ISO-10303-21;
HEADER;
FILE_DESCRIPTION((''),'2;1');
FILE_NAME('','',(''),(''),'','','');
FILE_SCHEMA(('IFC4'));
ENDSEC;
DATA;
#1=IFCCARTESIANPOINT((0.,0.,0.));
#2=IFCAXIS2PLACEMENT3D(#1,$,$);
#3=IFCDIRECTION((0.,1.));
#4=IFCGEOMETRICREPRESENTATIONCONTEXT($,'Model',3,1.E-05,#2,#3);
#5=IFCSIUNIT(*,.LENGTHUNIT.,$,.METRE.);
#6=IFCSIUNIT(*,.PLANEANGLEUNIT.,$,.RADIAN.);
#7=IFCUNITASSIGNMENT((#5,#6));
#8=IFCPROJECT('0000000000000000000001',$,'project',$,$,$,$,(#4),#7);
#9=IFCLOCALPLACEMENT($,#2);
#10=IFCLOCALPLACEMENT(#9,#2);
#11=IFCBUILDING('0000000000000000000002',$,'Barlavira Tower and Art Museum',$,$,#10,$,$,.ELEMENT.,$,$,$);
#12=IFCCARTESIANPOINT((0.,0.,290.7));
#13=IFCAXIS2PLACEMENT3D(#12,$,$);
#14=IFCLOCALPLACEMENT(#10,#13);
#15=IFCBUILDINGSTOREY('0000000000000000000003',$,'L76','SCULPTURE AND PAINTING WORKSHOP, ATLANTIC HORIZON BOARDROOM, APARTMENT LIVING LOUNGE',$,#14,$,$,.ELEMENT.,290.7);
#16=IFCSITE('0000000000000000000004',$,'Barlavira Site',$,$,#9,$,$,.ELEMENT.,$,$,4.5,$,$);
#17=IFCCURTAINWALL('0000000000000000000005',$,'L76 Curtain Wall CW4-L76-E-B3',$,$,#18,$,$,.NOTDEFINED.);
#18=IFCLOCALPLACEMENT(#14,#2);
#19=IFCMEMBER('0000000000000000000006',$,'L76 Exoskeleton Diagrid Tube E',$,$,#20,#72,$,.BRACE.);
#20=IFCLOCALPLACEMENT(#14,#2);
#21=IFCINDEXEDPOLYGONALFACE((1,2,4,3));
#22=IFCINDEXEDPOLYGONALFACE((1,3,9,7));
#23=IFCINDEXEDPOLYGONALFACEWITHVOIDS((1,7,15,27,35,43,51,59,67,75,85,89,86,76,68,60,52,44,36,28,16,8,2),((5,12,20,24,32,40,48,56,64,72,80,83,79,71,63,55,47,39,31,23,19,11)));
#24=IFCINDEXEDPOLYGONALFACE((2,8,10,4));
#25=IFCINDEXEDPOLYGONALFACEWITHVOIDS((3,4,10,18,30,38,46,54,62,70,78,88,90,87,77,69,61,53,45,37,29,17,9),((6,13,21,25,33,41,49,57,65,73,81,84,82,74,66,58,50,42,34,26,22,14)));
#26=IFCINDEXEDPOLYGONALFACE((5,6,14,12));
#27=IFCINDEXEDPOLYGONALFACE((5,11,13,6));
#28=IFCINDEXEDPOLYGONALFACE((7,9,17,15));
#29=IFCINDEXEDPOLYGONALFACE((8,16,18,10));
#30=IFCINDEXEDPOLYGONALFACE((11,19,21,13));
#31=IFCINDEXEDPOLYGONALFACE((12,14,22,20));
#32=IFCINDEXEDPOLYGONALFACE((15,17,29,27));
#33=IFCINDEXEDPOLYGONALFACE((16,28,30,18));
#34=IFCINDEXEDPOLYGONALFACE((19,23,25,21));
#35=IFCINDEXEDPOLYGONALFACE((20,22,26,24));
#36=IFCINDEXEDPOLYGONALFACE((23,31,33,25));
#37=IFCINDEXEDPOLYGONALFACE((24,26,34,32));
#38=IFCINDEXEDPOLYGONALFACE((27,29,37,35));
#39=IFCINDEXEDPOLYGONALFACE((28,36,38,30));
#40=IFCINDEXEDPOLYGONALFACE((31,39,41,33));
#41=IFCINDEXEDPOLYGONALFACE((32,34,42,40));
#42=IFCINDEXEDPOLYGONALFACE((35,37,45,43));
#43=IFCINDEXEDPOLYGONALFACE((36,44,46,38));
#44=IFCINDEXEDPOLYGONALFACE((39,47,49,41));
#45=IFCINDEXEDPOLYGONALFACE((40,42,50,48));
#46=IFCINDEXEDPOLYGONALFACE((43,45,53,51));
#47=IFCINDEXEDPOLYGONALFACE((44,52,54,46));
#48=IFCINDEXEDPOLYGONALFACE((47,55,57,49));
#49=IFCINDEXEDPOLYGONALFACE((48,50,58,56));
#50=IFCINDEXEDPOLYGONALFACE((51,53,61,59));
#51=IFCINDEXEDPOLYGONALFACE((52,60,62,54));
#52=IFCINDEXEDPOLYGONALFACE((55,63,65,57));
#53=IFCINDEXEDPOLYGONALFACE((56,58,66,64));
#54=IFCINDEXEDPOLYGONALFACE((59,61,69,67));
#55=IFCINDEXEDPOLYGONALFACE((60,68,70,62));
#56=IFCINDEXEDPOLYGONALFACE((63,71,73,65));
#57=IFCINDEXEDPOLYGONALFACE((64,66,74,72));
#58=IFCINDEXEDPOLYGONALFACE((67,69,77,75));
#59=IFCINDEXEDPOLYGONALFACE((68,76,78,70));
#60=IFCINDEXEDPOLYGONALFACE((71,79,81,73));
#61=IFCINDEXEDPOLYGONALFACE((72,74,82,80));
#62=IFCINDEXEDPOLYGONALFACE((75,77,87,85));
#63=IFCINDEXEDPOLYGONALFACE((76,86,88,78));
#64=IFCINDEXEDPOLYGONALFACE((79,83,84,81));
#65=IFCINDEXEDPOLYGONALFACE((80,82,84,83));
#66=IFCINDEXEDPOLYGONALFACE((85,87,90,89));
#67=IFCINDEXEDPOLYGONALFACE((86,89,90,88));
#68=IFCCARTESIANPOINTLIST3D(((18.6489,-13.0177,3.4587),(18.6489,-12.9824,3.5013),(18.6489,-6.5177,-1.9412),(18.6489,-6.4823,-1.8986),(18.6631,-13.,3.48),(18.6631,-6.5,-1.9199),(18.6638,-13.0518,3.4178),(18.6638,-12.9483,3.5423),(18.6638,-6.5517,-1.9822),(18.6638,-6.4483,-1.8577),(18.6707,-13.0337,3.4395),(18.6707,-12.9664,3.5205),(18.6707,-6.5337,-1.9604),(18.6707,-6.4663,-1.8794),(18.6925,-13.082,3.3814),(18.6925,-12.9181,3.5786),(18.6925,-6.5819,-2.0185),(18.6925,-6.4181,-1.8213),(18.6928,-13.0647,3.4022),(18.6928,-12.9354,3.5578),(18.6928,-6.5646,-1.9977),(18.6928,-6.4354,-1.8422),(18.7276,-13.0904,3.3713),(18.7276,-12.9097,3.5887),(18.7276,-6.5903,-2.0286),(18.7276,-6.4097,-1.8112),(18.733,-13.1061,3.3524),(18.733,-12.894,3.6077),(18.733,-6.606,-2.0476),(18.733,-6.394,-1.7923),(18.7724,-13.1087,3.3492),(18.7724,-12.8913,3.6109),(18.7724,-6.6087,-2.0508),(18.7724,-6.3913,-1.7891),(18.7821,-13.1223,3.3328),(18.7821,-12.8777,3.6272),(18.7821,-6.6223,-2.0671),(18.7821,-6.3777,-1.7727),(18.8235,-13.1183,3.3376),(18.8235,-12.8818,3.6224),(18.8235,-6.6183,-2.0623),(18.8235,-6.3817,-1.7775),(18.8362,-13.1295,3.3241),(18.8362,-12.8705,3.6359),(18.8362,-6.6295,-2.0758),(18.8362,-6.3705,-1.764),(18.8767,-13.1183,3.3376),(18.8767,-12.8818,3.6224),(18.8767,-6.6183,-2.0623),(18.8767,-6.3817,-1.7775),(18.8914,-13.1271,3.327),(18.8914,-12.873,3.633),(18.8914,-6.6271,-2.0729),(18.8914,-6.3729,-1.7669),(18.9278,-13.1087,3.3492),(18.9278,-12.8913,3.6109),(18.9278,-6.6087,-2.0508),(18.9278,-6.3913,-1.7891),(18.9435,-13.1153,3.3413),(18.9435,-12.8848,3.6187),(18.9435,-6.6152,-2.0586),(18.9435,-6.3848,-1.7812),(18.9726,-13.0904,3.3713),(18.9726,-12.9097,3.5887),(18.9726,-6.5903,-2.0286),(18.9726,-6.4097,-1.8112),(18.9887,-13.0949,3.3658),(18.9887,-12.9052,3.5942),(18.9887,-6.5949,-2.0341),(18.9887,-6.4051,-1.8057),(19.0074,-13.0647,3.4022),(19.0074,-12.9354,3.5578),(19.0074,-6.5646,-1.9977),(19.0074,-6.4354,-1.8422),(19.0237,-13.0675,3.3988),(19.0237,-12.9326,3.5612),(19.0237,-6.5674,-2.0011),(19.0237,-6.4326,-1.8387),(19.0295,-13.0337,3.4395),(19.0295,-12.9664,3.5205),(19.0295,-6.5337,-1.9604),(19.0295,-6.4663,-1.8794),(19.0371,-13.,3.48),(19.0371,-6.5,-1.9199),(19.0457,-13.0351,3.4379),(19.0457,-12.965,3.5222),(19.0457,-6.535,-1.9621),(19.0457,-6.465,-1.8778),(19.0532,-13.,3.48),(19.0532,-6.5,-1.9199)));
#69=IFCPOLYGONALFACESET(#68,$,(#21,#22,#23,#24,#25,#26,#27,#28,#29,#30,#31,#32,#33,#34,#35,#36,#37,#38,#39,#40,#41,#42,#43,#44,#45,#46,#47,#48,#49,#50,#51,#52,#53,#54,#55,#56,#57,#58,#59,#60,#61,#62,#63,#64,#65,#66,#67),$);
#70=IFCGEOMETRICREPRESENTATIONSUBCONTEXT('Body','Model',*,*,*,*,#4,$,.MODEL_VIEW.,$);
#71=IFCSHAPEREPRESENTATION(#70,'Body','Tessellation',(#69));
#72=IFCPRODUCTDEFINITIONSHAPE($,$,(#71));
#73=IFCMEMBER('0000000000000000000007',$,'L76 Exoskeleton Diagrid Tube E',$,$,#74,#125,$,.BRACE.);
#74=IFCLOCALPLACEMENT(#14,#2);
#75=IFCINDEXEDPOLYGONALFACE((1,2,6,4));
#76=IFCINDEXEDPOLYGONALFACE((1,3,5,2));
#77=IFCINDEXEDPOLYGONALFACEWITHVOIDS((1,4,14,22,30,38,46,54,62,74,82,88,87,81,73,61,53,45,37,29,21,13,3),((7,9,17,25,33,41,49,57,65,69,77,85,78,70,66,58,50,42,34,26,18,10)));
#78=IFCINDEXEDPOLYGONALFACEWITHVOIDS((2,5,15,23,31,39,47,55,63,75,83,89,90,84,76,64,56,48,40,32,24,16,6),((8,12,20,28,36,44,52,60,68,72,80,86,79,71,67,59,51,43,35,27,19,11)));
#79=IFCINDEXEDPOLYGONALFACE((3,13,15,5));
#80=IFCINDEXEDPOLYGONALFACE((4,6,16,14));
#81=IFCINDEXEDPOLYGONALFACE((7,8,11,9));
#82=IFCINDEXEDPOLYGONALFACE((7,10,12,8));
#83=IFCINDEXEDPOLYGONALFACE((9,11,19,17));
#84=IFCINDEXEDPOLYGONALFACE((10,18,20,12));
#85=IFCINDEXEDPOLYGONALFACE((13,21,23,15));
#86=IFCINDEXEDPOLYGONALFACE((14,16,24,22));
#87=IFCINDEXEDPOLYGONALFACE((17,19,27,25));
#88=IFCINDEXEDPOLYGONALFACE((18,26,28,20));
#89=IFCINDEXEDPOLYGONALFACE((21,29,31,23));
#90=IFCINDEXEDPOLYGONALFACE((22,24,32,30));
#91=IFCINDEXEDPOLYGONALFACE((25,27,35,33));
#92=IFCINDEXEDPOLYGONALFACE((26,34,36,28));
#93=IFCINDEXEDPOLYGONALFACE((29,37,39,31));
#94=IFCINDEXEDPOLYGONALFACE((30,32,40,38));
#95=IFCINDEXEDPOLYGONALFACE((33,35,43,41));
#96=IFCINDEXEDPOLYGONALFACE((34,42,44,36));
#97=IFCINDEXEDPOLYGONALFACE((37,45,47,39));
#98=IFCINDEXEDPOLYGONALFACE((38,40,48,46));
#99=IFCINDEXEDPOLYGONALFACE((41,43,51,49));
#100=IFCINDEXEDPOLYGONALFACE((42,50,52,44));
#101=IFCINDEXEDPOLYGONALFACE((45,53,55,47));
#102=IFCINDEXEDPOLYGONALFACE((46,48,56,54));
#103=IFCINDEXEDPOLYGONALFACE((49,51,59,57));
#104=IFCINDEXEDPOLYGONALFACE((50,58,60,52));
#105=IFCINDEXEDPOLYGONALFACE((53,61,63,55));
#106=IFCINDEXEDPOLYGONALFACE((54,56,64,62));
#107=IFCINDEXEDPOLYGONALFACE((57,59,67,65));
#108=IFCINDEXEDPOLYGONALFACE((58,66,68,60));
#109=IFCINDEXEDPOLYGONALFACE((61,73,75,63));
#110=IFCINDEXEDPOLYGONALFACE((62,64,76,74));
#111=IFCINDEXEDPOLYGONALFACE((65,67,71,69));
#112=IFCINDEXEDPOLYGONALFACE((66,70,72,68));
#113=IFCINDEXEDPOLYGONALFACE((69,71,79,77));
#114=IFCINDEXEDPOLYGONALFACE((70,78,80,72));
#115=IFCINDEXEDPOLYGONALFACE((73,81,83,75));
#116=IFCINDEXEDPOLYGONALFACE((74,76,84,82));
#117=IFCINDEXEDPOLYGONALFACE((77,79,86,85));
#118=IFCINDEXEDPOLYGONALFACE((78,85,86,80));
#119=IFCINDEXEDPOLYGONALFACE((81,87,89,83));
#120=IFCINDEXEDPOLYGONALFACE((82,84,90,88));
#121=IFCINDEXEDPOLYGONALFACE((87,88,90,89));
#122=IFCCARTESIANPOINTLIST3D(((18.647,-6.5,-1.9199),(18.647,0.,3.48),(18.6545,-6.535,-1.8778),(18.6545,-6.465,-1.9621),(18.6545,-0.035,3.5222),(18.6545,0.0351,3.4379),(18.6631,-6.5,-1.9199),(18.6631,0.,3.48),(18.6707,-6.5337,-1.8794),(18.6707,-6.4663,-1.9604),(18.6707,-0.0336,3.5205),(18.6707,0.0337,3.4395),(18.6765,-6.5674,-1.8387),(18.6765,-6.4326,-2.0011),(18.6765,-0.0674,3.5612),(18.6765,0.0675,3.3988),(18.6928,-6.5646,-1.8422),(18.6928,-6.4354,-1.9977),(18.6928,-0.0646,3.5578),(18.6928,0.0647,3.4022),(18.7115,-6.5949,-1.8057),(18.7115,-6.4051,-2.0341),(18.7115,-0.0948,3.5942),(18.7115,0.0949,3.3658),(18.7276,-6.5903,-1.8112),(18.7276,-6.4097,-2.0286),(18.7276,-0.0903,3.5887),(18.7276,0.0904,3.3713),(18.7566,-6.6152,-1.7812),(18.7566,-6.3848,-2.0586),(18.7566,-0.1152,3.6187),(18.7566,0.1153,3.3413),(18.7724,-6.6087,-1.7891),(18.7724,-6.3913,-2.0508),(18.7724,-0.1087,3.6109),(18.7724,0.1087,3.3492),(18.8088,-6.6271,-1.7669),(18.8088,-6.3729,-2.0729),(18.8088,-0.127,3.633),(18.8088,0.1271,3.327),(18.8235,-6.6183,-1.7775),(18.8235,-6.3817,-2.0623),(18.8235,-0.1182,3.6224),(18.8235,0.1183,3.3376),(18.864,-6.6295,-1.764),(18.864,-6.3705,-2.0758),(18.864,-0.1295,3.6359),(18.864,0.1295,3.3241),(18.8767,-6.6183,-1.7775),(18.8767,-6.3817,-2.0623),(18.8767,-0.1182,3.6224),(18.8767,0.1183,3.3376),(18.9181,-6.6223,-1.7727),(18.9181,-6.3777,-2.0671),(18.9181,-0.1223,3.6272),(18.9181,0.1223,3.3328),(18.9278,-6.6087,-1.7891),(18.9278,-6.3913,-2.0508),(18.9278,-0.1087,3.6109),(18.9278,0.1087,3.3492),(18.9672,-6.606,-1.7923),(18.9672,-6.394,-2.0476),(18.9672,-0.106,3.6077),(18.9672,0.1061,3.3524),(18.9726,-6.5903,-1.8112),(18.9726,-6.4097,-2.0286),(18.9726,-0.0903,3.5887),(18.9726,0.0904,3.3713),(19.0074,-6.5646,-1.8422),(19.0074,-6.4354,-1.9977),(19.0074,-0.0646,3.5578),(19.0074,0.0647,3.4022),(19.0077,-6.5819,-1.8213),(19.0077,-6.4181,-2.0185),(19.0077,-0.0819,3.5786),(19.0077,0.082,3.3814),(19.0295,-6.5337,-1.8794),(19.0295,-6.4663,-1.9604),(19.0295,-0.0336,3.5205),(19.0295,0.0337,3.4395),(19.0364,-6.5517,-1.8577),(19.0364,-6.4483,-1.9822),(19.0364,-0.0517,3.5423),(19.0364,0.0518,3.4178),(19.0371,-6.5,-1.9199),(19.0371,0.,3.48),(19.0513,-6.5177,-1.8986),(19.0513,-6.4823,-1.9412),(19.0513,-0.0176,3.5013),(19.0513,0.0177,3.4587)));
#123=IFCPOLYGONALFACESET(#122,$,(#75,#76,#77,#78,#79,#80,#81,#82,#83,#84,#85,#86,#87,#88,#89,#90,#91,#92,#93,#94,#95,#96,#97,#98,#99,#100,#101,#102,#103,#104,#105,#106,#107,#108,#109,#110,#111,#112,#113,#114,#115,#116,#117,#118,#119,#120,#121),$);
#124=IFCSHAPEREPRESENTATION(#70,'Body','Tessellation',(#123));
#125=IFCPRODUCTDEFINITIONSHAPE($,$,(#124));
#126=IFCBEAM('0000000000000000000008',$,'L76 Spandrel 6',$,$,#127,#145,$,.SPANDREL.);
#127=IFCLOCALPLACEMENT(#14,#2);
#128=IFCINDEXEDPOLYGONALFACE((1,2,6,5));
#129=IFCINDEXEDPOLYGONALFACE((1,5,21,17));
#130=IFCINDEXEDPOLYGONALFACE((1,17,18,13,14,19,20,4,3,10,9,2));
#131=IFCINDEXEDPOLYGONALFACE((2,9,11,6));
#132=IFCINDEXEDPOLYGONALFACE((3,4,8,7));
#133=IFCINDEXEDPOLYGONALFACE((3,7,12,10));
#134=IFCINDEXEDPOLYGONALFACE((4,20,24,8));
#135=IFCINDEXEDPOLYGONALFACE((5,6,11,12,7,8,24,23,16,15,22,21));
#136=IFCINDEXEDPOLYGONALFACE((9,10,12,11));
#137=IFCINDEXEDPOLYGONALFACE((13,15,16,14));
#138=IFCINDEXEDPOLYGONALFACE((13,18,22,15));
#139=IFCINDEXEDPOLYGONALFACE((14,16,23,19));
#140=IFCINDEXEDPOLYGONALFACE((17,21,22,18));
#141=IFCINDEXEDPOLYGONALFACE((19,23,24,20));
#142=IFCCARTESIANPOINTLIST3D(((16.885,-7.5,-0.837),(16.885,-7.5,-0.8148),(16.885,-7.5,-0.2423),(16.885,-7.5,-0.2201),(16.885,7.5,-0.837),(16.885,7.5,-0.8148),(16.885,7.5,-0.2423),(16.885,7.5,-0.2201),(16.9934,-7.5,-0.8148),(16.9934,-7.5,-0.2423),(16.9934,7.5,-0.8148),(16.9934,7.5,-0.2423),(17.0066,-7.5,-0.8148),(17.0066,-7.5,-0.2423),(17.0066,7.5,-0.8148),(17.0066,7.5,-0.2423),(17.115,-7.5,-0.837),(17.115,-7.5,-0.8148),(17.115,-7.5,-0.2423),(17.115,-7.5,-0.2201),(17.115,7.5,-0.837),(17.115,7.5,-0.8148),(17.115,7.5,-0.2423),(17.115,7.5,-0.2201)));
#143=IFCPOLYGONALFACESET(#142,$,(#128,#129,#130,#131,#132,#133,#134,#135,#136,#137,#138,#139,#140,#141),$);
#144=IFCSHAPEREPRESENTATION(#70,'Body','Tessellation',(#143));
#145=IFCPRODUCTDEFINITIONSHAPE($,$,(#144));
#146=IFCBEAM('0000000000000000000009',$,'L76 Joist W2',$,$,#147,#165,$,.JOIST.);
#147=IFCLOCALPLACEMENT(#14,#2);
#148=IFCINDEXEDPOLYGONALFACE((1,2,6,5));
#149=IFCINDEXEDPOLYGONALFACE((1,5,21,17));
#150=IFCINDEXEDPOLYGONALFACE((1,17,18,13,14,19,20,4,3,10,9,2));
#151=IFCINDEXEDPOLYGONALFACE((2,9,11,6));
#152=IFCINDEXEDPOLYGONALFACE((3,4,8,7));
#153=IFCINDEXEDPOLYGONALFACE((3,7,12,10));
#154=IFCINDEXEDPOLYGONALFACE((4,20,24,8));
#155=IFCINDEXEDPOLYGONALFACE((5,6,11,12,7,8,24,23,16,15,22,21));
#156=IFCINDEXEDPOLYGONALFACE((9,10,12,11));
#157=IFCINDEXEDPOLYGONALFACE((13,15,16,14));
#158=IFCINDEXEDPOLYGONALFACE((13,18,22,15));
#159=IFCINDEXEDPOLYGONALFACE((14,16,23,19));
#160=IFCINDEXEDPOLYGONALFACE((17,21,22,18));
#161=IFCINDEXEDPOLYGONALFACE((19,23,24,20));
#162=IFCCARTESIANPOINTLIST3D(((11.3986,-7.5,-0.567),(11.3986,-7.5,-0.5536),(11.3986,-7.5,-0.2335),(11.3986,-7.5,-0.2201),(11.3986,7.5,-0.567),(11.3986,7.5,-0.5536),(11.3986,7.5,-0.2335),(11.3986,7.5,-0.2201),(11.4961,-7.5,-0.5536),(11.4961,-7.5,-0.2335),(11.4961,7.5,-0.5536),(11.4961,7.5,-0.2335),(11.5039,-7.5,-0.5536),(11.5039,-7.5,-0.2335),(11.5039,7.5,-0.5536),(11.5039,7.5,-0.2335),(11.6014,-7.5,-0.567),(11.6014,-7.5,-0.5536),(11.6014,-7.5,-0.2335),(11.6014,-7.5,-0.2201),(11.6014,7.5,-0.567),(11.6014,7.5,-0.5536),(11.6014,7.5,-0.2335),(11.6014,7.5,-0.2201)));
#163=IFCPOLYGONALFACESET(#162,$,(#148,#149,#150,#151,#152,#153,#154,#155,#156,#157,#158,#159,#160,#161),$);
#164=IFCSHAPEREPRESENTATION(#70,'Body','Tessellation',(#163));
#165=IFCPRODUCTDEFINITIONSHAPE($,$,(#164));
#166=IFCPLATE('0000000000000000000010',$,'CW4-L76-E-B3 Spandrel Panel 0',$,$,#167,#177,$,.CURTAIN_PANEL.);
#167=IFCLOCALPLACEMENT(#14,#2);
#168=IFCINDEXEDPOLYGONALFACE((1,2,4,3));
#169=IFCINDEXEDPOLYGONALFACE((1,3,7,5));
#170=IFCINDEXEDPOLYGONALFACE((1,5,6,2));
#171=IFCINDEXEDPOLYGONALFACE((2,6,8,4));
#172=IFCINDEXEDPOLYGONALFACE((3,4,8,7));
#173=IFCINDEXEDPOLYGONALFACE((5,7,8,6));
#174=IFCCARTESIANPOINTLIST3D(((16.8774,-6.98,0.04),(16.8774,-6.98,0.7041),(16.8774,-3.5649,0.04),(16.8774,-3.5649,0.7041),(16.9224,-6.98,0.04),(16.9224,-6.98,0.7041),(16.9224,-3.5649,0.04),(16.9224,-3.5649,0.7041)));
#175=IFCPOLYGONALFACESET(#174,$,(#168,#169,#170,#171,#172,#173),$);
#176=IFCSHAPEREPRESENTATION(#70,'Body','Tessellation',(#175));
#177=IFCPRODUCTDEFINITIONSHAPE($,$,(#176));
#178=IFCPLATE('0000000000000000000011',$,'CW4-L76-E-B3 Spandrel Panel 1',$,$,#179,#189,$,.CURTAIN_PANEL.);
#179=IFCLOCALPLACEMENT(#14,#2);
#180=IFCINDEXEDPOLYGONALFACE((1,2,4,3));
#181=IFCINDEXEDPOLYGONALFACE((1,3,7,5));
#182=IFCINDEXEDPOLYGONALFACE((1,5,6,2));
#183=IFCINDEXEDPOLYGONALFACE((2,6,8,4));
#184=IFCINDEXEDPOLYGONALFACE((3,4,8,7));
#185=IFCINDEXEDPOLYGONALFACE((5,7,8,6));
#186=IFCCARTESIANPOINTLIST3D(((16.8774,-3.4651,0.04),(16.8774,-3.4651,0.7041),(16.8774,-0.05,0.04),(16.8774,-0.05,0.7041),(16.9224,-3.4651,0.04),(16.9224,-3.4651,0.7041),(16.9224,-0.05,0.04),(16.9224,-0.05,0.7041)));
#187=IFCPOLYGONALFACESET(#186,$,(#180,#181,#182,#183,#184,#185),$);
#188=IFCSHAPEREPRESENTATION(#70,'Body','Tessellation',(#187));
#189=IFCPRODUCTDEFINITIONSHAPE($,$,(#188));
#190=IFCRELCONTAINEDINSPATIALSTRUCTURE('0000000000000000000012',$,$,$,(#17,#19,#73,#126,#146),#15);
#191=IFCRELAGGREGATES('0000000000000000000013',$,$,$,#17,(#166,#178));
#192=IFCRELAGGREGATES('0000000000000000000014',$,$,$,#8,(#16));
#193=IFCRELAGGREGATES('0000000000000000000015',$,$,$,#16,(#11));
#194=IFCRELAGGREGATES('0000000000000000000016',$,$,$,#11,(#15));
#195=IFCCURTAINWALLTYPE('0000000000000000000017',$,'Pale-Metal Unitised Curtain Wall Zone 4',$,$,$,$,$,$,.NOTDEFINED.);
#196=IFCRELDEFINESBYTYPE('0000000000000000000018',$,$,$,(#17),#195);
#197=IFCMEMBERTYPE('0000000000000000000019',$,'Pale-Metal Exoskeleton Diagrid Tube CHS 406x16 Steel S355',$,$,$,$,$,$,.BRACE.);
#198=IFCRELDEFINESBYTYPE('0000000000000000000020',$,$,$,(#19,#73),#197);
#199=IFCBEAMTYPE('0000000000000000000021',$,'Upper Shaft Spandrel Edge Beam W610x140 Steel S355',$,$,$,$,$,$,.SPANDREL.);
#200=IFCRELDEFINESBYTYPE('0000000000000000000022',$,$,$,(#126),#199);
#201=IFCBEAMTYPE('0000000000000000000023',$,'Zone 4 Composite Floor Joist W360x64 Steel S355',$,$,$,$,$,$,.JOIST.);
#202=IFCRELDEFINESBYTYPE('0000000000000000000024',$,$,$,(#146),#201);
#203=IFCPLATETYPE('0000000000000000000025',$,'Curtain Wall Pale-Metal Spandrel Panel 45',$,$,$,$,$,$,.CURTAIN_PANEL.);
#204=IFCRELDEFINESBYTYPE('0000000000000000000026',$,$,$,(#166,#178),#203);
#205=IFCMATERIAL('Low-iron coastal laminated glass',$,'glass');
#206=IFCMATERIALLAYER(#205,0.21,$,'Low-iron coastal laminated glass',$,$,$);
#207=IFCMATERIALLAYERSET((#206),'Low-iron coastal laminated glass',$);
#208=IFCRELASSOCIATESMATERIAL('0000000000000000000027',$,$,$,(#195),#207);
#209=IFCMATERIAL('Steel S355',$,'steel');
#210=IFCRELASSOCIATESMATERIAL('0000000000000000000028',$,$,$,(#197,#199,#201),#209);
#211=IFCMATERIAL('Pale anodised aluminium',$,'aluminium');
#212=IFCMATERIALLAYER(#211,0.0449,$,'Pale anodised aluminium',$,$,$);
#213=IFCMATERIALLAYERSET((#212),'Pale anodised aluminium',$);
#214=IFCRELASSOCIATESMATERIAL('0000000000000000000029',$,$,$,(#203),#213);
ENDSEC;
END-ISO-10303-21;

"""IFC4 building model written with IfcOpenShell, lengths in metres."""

from ifc_helpers import new_model, si_unit, direction, frame, origin, origin_2d, place, context, subcontext, project, spatial, rectangle, hollow_circle, i_section, extrude, material, layer, layer_set, material_profile, profile_set, type_object, element, aggregate, save


model = new_model("IFC4")

# Units and contexts
model_context = context("Model", 3, precision=1e-05, world=origin(), true_north=direction((0.0, 1.0)))
body_context = subcontext(model_context, "Body", "Model", "MODEL_VIEW")
ifc_project = project(units=[si_unit("LENGTHUNIT", "METRE"), si_unit("PLANEANGLEUNIT", "RADIAN")], contexts=[model_context])

# Site, building, storey
site_placement = place(None, origin())
site = spatial("IfcSite", under=ifc_project, at=site_placement, Name="Barlavira Site", CompositionType="ELEMENT", RefElevation=4.5)
building_placement = place(site_placement, origin())
building = spatial("IfcBuilding", under=site, at=building_placement, Name="Barlavira Tower and Art Museum", CompositionType="ELEMENT")
storey_placement = place(building_placement, frame((0.0, 0.0, 290.7)))
storey = spatial("IfcBuildingStorey", under=building, at=storey_placement, Name="L76", Description="SCULPTURE AND PAINTING WORKSHOP, ATLANTIC HORIZON BOARDROOM, APARTMENT LIVING LOUNGE", CompositionType="ELEMENT", Elevation=290.7)

# Curtain wall
ifc_material_1 = material(Name="Low-iron coastal laminated glass", Category="glass")
ifc_layer_1 = layer(ifc_material_1, 0.21, Name="Low-iron coastal laminated glass")
ifc_layer_set_1 = layer_set([ifc_layer_1], Name="Low-iron coastal laminated glass")
curtain_wall_type = type_object("IfcCurtainWallType", Name="Pale-Metal Unitised Curtain Wall Zone 4", PredefinedType="NOTDEFINED", material=ifc_layer_set_1)
curtain_wall_placement = place(storey_placement, origin())
curtain_wall = element("IfcCurtainWall", 1, at=curtain_wall_placement, inside=storey, type_object=curtain_wall_type, Name="L76 Curtain Wall CW4-L76-E-B3", PredefinedType="NOTDEFINED")
ifc_material_2 = material(Name="Pale anodised aluminium", Category="aluminium")

# Members
ifc_material_3 = material(Name="Steel S355", Category="steel")
ifc_material_profile_1 = material_profile(ifc_material_3, hollow_circle(Radius=0.2031, WallThickness=0.0161, at=origin_2d()), Name="CHS 406.4x16.0")
ifc_profile_set_1 = profile_set([ifc_material_profile_1], Name="Steel S355")
member_type_1 = type_object("IfcMemberType", Name="Pale-Metal Exoskeleton Diagrid Tube CHS 406x16 Steel S355", PredefinedType="BRACE", material=ifc_profile_set_1)
for number, where, z_axis, x_axis, name in (
    (2, (18.8501, -6.5, -1.9199), (0.0, -0.769196, 0.639013), (1.0, 0.0, 0.0), "L76 Exoskeleton Diagrid Tube E"),
    (3, (18.8501, -6.5, -1.9199), (0.0, 0.769196, 0.639013), (-1.0, 0.0, 0.0), "L76 Exoskeleton Diagrid Tube E"),
):
    element("IfcMember", number, at=place(storey_placement, frame(where, z_axis=z_axis, x_axis=x_axis)), inside=storey, type_object=member_type_1, Name=name, PredefinedType="BRACE", context=body_context, shape_type="SweptSolid", body=[
        extrude(hollow_circle(Radius=0.2031, WallThickness=0.0161, at=origin_2d()), origin(), (0.0, 0.0, 1.0), 8.4504),
    ])

# Beams
ifc_material_profile_2 = material_profile(ifc_material_3, i_section(OverallWidth=0.23, OverallDepth=0.6169, WebThickness=0.0132, FlangeThickness=0.0222, at=origin_2d()), Name="W610x140.0")
ifc_profile_set_2 = profile_set([ifc_material_profile_2], Name="Steel S355")
beam_type_1 = type_object("IfcBeamType", Name="Upper Shaft Spandrel Edge Beam W610x140 Steel S355", PredefinedType="SPANDREL", material=ifc_profile_set_2)
beam_1_placement = place(storey_placement, frame((17.0, -7.5, -0.5286), z_axis=(0.0, 1.0, 0.0), x_axis=(-1.0, 0.0, 0.0)))
element("IfcBeam", 4, at=beam_1_placement, inside=storey, type_object=beam_type_1, Name="L76 Spandrel 6", PredefinedType="SPANDREL", context=body_context, shape_type="SweptSolid", body=[
    extrude(i_section(OverallWidth=0.23, OverallDepth=0.6169, WebThickness=0.0132, FlangeThickness=0.0222, at=origin_2d()), origin(), (0.0, 0.0, 1.0), 15.0),
])
ifc_material_profile_3 = material_profile(ifc_material_3, i_section(OverallWidth=0.2029, OverallDepth=0.3469, WebThickness=0.0078, FlangeThickness=0.0134, at=origin_2d()), Name="W360x64.0")
ifc_profile_set_3 = profile_set([ifc_material_profile_3], Name="Steel S355")
beam_type_2 = type_object("IfcBeamType", Name="Zone 4 Composite Floor Joist W360x64 Steel S355", PredefinedType="JOIST", material=ifc_profile_set_3)
beam_2_placement = place(storey_placement, frame((11.5, -7.5, -0.3936), z_axis=(0.0, 1.0, 0.0), x_axis=(-1.0, 0.0, 0.0)))
element("IfcBeam", 5, at=beam_2_placement, inside=storey, type_object=beam_type_2, Name="L76 Joist W2", PredefinedType="JOIST", context=body_context, shape_type="SweptSolid", body=[
    extrude(i_section(OverallWidth=0.2029, OverallDepth=0.3469, WebThickness=0.0078, FlangeThickness=0.0134, at=origin_2d()), origin(), (0.0, 0.0, 1.0), 15.0),
])

# Plates
ifc_layer_2 = layer(ifc_material_2, 0.0449, Name="Pale anodised aluminium")
ifc_layer_set_2 = layer_set([ifc_layer_2], Name="Pale anodised aluminium")
plate_type_1 = type_object("IfcPlateType", Name="Curtain Wall Pale-Metal Spandrel Panel 45", PredefinedType="CURTAIN_PANEL", material=ifc_layer_set_2)
plate_1_placement = place(storey_placement, frame((16.8999, -5.2725, 0.04), z_axis=(0.0, 0.0, 1.0), x_axis=(0.0, 1.0, 0.0)))
plate_1 = element("IfcPlate", 6, at=plate_1_placement, type_object=plate_type_1, Name="CW4-L76-E-B3 Spandrel Panel 0", PredefinedType="CURTAIN_PANEL", context=body_context, shape_type="SweptSolid", body=[
    extrude(rectangle(XDim=3.415, YDim=0.0449, at=origin_2d()), origin(), (0.0, 0.0, 1.0), 0.6641),
])
plate_2_placement = place(storey_placement, frame((16.8999, -1.7576, 0.04), z_axis=(0.0, 0.0, 1.0), x_axis=(0.0, 1.0, 0.0)))
plate_2 = element("IfcPlate", 7, at=plate_2_placement, type_object=plate_type_1, Name="CW4-L76-E-B3 Spandrel Panel 1", PredefinedType="CURTAIN_PANEL", context=body_context, shape_type="SweptSolid", body=[
    extrude(rectangle(XDim=3.415, YDim=0.0449, at=origin_2d()), origin(), (0.0, 0.0, 1.0), 0.6641),
])
aggregate(curtain_wall, [plate_1, plate_2])

save(model, "model.ifc")
